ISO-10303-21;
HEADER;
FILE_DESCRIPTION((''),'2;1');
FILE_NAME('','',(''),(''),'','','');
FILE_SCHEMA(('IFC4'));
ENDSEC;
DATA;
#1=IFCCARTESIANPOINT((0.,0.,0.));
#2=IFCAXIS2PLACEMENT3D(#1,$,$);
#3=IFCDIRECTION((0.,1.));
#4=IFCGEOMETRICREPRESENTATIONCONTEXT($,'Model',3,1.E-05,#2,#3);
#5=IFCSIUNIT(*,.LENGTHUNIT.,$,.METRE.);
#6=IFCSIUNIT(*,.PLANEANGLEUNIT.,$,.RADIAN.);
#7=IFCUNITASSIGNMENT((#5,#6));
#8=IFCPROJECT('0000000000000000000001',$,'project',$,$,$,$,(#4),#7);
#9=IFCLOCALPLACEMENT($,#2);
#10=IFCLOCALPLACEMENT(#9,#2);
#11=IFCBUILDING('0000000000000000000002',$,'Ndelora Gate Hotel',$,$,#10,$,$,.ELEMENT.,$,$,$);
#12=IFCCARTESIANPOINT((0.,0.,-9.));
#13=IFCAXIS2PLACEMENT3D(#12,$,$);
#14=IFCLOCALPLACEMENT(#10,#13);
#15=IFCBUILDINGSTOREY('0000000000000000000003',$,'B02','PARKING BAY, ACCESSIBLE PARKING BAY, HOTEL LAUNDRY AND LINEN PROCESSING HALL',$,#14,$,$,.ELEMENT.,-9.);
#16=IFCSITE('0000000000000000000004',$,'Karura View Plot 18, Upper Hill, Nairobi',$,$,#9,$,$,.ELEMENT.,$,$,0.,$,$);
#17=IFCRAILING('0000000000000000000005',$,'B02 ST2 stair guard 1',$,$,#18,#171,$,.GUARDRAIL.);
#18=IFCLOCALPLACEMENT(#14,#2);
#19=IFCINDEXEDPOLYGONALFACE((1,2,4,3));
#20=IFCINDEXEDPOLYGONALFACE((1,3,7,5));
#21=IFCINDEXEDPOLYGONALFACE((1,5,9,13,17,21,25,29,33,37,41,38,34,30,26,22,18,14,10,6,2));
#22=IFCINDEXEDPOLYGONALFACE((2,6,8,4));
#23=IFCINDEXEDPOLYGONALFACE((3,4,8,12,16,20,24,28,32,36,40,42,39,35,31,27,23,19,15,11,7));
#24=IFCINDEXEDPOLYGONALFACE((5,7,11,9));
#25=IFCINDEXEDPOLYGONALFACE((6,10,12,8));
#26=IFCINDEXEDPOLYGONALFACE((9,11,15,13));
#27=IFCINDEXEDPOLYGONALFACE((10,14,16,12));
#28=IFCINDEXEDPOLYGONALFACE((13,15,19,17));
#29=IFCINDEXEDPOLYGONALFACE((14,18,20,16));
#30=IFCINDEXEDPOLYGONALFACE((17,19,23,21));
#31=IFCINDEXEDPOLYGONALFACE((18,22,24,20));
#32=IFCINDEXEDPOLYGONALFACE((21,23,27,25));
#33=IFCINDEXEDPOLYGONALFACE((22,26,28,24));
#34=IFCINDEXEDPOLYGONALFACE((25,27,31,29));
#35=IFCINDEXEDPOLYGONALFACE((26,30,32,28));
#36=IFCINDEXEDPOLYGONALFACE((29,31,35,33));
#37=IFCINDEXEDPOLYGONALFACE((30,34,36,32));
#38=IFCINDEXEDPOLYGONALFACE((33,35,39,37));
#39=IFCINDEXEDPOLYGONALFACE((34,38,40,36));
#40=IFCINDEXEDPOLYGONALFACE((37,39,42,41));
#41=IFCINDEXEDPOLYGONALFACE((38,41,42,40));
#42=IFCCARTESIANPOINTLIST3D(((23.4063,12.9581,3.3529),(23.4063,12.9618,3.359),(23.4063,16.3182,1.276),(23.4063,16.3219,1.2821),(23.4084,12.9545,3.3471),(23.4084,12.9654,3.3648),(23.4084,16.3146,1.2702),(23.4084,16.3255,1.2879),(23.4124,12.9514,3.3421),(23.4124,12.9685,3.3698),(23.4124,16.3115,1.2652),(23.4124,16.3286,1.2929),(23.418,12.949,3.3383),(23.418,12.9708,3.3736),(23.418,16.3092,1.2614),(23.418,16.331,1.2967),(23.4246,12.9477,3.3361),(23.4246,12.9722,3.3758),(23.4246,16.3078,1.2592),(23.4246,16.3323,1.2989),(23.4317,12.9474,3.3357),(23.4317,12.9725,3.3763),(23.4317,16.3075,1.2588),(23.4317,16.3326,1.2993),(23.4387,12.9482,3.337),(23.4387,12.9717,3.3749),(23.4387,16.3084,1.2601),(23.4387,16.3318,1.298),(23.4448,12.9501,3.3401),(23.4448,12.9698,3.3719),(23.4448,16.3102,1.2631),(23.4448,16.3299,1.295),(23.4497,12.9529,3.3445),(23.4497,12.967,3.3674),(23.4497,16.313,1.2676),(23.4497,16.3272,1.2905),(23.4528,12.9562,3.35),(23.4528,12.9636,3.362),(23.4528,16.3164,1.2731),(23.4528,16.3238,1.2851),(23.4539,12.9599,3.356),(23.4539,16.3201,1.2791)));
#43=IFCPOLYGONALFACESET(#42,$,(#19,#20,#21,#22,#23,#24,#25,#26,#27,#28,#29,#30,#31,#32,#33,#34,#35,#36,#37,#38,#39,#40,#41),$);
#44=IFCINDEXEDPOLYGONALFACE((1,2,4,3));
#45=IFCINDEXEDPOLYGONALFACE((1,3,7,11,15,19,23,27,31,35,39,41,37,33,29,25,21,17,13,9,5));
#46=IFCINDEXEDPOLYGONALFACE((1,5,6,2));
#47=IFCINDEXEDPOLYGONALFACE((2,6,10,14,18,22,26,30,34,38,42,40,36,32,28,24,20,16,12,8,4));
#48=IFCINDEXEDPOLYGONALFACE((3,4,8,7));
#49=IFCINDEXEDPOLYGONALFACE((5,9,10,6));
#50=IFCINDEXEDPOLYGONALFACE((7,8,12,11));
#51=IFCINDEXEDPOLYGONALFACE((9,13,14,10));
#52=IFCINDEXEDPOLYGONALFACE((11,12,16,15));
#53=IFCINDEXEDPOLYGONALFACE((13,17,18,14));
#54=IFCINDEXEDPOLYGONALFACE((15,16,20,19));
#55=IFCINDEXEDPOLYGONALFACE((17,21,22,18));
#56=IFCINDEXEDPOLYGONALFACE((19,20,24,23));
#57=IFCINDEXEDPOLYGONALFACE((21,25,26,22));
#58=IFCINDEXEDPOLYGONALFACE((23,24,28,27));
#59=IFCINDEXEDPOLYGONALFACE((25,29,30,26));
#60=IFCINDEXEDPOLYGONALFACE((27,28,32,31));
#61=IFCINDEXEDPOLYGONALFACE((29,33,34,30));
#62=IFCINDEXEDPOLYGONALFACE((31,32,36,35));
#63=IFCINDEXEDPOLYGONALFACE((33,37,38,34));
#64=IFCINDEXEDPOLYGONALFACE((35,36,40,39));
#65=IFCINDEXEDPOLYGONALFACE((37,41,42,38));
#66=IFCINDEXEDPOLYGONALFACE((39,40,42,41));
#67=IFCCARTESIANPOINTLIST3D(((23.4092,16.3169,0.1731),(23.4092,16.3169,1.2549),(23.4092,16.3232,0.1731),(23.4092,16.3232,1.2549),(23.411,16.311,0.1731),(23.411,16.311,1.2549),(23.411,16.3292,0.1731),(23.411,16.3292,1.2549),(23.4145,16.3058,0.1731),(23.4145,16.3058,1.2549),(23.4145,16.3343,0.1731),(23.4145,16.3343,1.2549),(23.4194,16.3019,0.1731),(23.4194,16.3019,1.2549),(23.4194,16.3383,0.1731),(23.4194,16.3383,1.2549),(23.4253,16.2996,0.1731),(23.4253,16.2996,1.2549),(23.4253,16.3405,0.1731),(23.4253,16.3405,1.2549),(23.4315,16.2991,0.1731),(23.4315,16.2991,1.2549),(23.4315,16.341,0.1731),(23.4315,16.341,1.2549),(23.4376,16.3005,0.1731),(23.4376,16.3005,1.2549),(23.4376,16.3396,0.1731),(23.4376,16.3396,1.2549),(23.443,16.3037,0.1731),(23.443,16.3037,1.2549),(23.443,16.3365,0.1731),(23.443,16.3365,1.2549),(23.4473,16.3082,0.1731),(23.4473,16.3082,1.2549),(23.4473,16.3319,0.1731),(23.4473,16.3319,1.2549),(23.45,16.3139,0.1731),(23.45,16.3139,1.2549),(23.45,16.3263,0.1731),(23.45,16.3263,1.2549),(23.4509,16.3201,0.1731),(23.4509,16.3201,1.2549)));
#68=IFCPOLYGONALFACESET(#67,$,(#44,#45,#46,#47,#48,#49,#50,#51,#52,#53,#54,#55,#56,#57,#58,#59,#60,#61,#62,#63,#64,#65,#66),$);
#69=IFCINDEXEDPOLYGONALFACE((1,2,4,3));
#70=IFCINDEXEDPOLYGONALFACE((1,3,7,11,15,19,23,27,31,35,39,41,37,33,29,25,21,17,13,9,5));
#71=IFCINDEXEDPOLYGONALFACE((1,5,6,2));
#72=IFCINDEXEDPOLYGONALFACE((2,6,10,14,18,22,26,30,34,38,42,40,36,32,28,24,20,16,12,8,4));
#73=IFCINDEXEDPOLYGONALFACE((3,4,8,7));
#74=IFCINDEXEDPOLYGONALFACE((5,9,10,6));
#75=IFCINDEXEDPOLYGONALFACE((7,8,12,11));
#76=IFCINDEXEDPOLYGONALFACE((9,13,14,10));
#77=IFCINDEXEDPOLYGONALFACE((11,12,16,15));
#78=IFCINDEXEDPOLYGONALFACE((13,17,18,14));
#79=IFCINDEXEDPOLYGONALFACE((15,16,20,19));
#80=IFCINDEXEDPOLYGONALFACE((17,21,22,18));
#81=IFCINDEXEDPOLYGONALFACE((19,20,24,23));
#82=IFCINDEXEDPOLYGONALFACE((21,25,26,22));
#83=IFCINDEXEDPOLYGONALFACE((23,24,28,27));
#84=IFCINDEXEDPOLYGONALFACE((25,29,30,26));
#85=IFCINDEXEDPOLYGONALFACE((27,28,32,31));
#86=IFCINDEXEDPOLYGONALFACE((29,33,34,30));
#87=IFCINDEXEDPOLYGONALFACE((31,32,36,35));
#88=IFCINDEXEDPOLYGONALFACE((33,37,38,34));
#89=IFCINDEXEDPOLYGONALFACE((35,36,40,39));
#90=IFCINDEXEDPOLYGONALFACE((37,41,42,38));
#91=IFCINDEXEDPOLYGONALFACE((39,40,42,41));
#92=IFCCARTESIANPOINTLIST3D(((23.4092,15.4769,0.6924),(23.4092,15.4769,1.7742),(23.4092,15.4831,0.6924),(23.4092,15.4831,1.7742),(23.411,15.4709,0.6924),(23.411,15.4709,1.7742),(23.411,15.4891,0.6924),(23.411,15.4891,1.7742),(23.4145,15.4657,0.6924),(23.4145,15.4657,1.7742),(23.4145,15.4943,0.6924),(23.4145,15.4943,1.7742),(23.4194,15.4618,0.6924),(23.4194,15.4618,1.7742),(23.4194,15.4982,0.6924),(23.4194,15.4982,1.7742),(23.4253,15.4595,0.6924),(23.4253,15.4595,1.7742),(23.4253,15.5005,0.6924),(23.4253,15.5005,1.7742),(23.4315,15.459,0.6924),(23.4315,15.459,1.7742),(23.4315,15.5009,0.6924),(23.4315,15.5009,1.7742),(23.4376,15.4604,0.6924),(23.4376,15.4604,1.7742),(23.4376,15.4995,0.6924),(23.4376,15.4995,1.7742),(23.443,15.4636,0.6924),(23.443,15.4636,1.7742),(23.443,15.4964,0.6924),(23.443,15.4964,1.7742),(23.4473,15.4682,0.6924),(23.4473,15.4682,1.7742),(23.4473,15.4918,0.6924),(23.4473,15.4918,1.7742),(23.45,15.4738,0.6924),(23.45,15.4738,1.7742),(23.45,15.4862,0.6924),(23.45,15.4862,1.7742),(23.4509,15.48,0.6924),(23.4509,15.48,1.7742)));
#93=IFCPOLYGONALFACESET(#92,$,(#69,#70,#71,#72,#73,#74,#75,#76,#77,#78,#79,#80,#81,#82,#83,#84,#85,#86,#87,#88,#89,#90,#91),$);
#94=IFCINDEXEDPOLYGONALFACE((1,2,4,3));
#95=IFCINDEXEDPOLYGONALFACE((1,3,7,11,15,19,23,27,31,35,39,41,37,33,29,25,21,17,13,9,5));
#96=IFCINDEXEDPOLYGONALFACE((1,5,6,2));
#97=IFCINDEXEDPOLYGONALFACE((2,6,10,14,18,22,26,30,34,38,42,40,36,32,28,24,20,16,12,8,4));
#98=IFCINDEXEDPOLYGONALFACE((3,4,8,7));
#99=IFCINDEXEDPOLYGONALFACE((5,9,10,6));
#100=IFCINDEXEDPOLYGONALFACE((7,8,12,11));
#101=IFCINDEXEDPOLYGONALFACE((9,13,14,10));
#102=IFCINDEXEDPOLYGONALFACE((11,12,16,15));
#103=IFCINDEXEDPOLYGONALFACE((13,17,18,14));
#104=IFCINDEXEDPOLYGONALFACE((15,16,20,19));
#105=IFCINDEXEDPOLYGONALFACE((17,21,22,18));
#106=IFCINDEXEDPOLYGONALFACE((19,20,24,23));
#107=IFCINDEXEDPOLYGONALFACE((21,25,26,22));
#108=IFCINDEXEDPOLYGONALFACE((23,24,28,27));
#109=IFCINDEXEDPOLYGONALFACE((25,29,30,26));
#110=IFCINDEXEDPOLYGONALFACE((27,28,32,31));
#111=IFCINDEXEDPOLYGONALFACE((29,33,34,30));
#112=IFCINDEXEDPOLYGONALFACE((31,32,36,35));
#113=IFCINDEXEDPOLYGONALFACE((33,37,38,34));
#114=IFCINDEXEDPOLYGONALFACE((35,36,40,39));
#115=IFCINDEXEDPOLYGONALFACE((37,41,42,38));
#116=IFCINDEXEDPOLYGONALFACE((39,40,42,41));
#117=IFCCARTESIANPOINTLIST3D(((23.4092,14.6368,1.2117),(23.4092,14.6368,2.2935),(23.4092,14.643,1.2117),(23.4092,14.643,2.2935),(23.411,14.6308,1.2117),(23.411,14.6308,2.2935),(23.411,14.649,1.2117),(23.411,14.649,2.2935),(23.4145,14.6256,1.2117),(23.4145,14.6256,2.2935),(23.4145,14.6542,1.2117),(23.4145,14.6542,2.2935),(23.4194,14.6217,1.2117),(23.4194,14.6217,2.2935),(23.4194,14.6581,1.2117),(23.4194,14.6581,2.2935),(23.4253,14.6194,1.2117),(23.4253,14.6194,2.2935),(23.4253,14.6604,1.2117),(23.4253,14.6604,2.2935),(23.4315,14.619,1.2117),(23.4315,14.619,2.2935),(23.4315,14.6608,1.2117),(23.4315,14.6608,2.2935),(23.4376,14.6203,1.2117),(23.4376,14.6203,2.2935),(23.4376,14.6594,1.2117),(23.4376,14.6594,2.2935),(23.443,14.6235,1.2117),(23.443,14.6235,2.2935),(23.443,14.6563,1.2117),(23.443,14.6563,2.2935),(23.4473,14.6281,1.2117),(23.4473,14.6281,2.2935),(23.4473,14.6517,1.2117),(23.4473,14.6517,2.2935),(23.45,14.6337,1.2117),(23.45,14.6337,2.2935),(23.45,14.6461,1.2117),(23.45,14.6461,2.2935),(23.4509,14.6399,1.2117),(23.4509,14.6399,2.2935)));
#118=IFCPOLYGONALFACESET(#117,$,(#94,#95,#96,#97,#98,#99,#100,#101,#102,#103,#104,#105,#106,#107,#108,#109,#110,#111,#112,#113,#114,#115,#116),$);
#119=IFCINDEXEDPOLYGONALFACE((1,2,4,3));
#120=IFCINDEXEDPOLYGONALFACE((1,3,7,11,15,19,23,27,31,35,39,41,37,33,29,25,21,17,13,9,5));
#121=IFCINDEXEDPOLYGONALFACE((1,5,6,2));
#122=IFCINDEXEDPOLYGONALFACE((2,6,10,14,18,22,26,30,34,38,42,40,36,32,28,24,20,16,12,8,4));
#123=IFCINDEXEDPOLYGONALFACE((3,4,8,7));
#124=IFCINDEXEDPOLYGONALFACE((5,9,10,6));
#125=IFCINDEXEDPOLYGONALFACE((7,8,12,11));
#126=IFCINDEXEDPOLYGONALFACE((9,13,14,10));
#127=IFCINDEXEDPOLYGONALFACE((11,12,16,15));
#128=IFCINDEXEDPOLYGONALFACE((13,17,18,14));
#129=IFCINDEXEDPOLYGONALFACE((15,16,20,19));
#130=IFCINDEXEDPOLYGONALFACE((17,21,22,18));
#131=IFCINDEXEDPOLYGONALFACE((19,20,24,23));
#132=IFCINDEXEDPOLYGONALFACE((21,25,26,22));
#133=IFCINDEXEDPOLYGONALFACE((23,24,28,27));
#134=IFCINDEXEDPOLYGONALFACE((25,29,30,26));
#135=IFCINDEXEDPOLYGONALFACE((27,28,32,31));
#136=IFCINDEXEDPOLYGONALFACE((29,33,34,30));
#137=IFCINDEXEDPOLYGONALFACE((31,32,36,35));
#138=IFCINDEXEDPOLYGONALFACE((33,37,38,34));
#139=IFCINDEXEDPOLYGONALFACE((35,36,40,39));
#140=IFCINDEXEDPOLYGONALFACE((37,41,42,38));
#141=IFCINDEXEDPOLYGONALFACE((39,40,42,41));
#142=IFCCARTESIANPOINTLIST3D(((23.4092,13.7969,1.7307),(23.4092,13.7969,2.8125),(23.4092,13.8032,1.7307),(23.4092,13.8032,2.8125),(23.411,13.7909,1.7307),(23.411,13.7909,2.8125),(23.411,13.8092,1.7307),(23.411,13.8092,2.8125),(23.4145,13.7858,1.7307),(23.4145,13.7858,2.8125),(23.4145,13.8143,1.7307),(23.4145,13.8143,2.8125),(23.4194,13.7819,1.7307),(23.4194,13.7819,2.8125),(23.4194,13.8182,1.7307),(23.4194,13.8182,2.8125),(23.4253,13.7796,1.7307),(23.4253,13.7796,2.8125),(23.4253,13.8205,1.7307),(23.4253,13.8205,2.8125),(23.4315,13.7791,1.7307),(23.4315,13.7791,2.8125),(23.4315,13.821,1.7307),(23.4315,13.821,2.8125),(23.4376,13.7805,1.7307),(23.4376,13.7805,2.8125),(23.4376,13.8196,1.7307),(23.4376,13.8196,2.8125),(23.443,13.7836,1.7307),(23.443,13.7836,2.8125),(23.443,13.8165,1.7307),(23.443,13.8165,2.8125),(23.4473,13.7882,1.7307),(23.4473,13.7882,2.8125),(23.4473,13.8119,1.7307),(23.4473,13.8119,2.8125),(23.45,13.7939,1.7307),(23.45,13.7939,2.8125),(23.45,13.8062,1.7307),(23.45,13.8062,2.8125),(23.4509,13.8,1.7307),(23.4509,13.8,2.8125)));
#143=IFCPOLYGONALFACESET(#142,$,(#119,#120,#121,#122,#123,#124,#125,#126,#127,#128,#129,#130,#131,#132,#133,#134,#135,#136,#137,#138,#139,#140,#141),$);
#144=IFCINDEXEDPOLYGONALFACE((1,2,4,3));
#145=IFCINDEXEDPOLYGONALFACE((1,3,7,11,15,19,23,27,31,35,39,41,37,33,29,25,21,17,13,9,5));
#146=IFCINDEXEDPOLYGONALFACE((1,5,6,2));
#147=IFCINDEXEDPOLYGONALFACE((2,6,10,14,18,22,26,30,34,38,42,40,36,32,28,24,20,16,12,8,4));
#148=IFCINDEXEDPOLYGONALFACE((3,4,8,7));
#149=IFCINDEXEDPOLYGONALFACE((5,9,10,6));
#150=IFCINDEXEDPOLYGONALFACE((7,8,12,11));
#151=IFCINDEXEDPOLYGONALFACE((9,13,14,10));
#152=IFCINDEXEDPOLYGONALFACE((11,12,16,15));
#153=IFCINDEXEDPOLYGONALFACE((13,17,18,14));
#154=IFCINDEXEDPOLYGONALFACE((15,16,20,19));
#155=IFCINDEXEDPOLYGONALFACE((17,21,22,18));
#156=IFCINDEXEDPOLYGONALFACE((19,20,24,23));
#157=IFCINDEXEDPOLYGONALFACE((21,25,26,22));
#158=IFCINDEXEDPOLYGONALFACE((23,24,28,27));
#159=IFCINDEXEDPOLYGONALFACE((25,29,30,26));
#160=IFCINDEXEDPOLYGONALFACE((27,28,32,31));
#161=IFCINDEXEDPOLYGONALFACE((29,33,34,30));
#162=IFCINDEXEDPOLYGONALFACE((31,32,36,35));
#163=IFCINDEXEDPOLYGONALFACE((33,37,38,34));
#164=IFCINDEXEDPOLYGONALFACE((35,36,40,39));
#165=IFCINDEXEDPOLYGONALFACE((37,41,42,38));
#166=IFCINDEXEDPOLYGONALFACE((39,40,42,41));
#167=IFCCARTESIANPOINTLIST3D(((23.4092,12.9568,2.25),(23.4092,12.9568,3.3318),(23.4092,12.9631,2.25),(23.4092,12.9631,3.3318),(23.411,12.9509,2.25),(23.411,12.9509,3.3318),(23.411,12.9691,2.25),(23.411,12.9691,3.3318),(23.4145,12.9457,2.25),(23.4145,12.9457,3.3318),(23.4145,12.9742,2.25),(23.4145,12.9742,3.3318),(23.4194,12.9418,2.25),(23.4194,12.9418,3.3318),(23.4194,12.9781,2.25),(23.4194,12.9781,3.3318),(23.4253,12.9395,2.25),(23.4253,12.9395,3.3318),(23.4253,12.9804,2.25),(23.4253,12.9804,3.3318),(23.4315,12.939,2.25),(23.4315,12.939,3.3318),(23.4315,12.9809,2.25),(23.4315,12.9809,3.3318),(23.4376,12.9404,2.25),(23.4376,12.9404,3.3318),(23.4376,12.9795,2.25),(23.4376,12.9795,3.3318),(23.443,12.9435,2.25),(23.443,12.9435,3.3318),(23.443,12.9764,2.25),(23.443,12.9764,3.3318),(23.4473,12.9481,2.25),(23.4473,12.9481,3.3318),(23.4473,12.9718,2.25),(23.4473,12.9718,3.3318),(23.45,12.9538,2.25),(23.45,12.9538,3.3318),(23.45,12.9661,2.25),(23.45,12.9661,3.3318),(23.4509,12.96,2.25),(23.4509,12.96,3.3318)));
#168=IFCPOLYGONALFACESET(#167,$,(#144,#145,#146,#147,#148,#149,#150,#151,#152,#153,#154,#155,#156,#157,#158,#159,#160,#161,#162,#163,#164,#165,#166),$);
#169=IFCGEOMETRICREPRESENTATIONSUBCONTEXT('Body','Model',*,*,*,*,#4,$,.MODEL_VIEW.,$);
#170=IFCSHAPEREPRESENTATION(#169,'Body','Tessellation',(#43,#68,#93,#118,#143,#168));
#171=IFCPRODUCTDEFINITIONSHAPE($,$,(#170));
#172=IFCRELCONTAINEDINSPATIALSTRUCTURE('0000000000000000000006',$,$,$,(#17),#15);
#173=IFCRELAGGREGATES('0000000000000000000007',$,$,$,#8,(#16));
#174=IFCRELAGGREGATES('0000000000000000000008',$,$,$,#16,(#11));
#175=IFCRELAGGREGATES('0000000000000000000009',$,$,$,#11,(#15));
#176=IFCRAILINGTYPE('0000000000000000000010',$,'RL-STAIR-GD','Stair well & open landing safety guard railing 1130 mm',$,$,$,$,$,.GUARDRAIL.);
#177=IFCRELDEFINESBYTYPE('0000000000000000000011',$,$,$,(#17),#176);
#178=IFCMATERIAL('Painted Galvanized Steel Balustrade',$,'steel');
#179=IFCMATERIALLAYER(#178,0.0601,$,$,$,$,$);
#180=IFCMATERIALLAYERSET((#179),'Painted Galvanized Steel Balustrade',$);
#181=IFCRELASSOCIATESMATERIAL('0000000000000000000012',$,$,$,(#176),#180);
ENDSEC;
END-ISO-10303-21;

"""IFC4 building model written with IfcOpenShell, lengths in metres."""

from ifc_helpers import new_model, si_unit, direction, frame, origin, origin_2d, place, context, subcontext, project, spatial, circle, extrude, material, layer, layer_set, type_object, element, save


model = new_model("IFC4")

# Units and contexts
model_context = context("Model", 3, precision=1e-05, world=origin(), true_north=direction((0.0, 1.0)))
body_context = subcontext(model_context, "Body", "Model", "MODEL_VIEW")
ifc_project = project(units=[si_unit("LENGTHUNIT", "METRE"), si_unit("PLANEANGLEUNIT", "RADIAN")], contexts=[model_context])

# Site, building, storey
site_placement = place(None, origin())
site = spatial("IfcSite", under=ifc_project, at=site_placement, Name="Karura View Plot 18, Upper Hill, Nairobi", CompositionType="ELEMENT", RefElevation=0.0)
building_placement = place(site_placement, origin())
building = spatial("IfcBuilding", under=site, at=building_placement, Name="Ndelora Gate Hotel", CompositionType="ELEMENT")
storey_placement = place(building_placement, frame((0.0, 0.0, -9.0)))
storey = spatial("IfcBuildingStorey", under=building, at=storey_placement, Name="B02", Description="PARKING BAY, ACCESSIBLE PARKING BAY, HOTEL LAUNDRY AND LINEN PROCESSING HALL", CompositionType="ELEMENT", Elevation=-9.0)

# Railing
ifc_material_1 = material(Name="Painted Galvanized Steel Balustrade", Category="steel")
ifc_layer_1 = layer(ifc_material_1, 0.0601)
ifc_layer_set_1 = layer_set([ifc_layer_1], Name="Painted Galvanized Steel Balustrade")
railing_type_1 = type_object("IfcRailingType", Name="RL-STAIR-GD", Description="Stair well & open landing safety guard railing 1130 mm", PredefinedType="GUARDRAIL", material=ifc_layer_set_1)
railing_1_placement = place(storey_placement, frame((23.4299, 16.3201, 0.1731)))
element("IfcRailing", 1, at=railing_1_placement, inside=storey, type_object=railing_type_1, Name="B02 ST2 stair guard 1", PredefinedType="GUARDRAIL", context=body_context, shape_type="SweptSolid", body=[
    extrude(circle(Radius=0.0239, at=origin_2d()), frame((0.0, 0.0, 1.106), z_axis=(0.0, -0.850623, 0.525776), x_axis=(1.0, 0.0, 0.0)), (0.0, 0.0, 1.0), 3.9502),
    extrude(circle(Radius=0.021, at=origin_2d()), origin(), (0.0, 0.0, 1.0), 1.0818),
    extrude(circle(Radius=0.021, at=origin_2d()), frame((0.0, -0.8401, 0.5193)), (0.0, 0.0, 1.0), 1.0818),
    extrude(circle(Radius=0.021, at=origin_2d()), frame((0.0, -1.6802, 1.0386)), (0.0, 0.0, 1.0), 1.0818),
    extrude(circle(Radius=0.021, at=origin_2d()), frame((0.0, -2.52, 1.5576)), (0.0, 0.0, 1.0), 1.0818),
    extrude(circle(Radius=0.021, at=origin_2d()), frame((0.0, -3.3601, 2.0769)), (0.0, 0.0, 1.0), 1.0818),
])

save(model, "model.ifc")
